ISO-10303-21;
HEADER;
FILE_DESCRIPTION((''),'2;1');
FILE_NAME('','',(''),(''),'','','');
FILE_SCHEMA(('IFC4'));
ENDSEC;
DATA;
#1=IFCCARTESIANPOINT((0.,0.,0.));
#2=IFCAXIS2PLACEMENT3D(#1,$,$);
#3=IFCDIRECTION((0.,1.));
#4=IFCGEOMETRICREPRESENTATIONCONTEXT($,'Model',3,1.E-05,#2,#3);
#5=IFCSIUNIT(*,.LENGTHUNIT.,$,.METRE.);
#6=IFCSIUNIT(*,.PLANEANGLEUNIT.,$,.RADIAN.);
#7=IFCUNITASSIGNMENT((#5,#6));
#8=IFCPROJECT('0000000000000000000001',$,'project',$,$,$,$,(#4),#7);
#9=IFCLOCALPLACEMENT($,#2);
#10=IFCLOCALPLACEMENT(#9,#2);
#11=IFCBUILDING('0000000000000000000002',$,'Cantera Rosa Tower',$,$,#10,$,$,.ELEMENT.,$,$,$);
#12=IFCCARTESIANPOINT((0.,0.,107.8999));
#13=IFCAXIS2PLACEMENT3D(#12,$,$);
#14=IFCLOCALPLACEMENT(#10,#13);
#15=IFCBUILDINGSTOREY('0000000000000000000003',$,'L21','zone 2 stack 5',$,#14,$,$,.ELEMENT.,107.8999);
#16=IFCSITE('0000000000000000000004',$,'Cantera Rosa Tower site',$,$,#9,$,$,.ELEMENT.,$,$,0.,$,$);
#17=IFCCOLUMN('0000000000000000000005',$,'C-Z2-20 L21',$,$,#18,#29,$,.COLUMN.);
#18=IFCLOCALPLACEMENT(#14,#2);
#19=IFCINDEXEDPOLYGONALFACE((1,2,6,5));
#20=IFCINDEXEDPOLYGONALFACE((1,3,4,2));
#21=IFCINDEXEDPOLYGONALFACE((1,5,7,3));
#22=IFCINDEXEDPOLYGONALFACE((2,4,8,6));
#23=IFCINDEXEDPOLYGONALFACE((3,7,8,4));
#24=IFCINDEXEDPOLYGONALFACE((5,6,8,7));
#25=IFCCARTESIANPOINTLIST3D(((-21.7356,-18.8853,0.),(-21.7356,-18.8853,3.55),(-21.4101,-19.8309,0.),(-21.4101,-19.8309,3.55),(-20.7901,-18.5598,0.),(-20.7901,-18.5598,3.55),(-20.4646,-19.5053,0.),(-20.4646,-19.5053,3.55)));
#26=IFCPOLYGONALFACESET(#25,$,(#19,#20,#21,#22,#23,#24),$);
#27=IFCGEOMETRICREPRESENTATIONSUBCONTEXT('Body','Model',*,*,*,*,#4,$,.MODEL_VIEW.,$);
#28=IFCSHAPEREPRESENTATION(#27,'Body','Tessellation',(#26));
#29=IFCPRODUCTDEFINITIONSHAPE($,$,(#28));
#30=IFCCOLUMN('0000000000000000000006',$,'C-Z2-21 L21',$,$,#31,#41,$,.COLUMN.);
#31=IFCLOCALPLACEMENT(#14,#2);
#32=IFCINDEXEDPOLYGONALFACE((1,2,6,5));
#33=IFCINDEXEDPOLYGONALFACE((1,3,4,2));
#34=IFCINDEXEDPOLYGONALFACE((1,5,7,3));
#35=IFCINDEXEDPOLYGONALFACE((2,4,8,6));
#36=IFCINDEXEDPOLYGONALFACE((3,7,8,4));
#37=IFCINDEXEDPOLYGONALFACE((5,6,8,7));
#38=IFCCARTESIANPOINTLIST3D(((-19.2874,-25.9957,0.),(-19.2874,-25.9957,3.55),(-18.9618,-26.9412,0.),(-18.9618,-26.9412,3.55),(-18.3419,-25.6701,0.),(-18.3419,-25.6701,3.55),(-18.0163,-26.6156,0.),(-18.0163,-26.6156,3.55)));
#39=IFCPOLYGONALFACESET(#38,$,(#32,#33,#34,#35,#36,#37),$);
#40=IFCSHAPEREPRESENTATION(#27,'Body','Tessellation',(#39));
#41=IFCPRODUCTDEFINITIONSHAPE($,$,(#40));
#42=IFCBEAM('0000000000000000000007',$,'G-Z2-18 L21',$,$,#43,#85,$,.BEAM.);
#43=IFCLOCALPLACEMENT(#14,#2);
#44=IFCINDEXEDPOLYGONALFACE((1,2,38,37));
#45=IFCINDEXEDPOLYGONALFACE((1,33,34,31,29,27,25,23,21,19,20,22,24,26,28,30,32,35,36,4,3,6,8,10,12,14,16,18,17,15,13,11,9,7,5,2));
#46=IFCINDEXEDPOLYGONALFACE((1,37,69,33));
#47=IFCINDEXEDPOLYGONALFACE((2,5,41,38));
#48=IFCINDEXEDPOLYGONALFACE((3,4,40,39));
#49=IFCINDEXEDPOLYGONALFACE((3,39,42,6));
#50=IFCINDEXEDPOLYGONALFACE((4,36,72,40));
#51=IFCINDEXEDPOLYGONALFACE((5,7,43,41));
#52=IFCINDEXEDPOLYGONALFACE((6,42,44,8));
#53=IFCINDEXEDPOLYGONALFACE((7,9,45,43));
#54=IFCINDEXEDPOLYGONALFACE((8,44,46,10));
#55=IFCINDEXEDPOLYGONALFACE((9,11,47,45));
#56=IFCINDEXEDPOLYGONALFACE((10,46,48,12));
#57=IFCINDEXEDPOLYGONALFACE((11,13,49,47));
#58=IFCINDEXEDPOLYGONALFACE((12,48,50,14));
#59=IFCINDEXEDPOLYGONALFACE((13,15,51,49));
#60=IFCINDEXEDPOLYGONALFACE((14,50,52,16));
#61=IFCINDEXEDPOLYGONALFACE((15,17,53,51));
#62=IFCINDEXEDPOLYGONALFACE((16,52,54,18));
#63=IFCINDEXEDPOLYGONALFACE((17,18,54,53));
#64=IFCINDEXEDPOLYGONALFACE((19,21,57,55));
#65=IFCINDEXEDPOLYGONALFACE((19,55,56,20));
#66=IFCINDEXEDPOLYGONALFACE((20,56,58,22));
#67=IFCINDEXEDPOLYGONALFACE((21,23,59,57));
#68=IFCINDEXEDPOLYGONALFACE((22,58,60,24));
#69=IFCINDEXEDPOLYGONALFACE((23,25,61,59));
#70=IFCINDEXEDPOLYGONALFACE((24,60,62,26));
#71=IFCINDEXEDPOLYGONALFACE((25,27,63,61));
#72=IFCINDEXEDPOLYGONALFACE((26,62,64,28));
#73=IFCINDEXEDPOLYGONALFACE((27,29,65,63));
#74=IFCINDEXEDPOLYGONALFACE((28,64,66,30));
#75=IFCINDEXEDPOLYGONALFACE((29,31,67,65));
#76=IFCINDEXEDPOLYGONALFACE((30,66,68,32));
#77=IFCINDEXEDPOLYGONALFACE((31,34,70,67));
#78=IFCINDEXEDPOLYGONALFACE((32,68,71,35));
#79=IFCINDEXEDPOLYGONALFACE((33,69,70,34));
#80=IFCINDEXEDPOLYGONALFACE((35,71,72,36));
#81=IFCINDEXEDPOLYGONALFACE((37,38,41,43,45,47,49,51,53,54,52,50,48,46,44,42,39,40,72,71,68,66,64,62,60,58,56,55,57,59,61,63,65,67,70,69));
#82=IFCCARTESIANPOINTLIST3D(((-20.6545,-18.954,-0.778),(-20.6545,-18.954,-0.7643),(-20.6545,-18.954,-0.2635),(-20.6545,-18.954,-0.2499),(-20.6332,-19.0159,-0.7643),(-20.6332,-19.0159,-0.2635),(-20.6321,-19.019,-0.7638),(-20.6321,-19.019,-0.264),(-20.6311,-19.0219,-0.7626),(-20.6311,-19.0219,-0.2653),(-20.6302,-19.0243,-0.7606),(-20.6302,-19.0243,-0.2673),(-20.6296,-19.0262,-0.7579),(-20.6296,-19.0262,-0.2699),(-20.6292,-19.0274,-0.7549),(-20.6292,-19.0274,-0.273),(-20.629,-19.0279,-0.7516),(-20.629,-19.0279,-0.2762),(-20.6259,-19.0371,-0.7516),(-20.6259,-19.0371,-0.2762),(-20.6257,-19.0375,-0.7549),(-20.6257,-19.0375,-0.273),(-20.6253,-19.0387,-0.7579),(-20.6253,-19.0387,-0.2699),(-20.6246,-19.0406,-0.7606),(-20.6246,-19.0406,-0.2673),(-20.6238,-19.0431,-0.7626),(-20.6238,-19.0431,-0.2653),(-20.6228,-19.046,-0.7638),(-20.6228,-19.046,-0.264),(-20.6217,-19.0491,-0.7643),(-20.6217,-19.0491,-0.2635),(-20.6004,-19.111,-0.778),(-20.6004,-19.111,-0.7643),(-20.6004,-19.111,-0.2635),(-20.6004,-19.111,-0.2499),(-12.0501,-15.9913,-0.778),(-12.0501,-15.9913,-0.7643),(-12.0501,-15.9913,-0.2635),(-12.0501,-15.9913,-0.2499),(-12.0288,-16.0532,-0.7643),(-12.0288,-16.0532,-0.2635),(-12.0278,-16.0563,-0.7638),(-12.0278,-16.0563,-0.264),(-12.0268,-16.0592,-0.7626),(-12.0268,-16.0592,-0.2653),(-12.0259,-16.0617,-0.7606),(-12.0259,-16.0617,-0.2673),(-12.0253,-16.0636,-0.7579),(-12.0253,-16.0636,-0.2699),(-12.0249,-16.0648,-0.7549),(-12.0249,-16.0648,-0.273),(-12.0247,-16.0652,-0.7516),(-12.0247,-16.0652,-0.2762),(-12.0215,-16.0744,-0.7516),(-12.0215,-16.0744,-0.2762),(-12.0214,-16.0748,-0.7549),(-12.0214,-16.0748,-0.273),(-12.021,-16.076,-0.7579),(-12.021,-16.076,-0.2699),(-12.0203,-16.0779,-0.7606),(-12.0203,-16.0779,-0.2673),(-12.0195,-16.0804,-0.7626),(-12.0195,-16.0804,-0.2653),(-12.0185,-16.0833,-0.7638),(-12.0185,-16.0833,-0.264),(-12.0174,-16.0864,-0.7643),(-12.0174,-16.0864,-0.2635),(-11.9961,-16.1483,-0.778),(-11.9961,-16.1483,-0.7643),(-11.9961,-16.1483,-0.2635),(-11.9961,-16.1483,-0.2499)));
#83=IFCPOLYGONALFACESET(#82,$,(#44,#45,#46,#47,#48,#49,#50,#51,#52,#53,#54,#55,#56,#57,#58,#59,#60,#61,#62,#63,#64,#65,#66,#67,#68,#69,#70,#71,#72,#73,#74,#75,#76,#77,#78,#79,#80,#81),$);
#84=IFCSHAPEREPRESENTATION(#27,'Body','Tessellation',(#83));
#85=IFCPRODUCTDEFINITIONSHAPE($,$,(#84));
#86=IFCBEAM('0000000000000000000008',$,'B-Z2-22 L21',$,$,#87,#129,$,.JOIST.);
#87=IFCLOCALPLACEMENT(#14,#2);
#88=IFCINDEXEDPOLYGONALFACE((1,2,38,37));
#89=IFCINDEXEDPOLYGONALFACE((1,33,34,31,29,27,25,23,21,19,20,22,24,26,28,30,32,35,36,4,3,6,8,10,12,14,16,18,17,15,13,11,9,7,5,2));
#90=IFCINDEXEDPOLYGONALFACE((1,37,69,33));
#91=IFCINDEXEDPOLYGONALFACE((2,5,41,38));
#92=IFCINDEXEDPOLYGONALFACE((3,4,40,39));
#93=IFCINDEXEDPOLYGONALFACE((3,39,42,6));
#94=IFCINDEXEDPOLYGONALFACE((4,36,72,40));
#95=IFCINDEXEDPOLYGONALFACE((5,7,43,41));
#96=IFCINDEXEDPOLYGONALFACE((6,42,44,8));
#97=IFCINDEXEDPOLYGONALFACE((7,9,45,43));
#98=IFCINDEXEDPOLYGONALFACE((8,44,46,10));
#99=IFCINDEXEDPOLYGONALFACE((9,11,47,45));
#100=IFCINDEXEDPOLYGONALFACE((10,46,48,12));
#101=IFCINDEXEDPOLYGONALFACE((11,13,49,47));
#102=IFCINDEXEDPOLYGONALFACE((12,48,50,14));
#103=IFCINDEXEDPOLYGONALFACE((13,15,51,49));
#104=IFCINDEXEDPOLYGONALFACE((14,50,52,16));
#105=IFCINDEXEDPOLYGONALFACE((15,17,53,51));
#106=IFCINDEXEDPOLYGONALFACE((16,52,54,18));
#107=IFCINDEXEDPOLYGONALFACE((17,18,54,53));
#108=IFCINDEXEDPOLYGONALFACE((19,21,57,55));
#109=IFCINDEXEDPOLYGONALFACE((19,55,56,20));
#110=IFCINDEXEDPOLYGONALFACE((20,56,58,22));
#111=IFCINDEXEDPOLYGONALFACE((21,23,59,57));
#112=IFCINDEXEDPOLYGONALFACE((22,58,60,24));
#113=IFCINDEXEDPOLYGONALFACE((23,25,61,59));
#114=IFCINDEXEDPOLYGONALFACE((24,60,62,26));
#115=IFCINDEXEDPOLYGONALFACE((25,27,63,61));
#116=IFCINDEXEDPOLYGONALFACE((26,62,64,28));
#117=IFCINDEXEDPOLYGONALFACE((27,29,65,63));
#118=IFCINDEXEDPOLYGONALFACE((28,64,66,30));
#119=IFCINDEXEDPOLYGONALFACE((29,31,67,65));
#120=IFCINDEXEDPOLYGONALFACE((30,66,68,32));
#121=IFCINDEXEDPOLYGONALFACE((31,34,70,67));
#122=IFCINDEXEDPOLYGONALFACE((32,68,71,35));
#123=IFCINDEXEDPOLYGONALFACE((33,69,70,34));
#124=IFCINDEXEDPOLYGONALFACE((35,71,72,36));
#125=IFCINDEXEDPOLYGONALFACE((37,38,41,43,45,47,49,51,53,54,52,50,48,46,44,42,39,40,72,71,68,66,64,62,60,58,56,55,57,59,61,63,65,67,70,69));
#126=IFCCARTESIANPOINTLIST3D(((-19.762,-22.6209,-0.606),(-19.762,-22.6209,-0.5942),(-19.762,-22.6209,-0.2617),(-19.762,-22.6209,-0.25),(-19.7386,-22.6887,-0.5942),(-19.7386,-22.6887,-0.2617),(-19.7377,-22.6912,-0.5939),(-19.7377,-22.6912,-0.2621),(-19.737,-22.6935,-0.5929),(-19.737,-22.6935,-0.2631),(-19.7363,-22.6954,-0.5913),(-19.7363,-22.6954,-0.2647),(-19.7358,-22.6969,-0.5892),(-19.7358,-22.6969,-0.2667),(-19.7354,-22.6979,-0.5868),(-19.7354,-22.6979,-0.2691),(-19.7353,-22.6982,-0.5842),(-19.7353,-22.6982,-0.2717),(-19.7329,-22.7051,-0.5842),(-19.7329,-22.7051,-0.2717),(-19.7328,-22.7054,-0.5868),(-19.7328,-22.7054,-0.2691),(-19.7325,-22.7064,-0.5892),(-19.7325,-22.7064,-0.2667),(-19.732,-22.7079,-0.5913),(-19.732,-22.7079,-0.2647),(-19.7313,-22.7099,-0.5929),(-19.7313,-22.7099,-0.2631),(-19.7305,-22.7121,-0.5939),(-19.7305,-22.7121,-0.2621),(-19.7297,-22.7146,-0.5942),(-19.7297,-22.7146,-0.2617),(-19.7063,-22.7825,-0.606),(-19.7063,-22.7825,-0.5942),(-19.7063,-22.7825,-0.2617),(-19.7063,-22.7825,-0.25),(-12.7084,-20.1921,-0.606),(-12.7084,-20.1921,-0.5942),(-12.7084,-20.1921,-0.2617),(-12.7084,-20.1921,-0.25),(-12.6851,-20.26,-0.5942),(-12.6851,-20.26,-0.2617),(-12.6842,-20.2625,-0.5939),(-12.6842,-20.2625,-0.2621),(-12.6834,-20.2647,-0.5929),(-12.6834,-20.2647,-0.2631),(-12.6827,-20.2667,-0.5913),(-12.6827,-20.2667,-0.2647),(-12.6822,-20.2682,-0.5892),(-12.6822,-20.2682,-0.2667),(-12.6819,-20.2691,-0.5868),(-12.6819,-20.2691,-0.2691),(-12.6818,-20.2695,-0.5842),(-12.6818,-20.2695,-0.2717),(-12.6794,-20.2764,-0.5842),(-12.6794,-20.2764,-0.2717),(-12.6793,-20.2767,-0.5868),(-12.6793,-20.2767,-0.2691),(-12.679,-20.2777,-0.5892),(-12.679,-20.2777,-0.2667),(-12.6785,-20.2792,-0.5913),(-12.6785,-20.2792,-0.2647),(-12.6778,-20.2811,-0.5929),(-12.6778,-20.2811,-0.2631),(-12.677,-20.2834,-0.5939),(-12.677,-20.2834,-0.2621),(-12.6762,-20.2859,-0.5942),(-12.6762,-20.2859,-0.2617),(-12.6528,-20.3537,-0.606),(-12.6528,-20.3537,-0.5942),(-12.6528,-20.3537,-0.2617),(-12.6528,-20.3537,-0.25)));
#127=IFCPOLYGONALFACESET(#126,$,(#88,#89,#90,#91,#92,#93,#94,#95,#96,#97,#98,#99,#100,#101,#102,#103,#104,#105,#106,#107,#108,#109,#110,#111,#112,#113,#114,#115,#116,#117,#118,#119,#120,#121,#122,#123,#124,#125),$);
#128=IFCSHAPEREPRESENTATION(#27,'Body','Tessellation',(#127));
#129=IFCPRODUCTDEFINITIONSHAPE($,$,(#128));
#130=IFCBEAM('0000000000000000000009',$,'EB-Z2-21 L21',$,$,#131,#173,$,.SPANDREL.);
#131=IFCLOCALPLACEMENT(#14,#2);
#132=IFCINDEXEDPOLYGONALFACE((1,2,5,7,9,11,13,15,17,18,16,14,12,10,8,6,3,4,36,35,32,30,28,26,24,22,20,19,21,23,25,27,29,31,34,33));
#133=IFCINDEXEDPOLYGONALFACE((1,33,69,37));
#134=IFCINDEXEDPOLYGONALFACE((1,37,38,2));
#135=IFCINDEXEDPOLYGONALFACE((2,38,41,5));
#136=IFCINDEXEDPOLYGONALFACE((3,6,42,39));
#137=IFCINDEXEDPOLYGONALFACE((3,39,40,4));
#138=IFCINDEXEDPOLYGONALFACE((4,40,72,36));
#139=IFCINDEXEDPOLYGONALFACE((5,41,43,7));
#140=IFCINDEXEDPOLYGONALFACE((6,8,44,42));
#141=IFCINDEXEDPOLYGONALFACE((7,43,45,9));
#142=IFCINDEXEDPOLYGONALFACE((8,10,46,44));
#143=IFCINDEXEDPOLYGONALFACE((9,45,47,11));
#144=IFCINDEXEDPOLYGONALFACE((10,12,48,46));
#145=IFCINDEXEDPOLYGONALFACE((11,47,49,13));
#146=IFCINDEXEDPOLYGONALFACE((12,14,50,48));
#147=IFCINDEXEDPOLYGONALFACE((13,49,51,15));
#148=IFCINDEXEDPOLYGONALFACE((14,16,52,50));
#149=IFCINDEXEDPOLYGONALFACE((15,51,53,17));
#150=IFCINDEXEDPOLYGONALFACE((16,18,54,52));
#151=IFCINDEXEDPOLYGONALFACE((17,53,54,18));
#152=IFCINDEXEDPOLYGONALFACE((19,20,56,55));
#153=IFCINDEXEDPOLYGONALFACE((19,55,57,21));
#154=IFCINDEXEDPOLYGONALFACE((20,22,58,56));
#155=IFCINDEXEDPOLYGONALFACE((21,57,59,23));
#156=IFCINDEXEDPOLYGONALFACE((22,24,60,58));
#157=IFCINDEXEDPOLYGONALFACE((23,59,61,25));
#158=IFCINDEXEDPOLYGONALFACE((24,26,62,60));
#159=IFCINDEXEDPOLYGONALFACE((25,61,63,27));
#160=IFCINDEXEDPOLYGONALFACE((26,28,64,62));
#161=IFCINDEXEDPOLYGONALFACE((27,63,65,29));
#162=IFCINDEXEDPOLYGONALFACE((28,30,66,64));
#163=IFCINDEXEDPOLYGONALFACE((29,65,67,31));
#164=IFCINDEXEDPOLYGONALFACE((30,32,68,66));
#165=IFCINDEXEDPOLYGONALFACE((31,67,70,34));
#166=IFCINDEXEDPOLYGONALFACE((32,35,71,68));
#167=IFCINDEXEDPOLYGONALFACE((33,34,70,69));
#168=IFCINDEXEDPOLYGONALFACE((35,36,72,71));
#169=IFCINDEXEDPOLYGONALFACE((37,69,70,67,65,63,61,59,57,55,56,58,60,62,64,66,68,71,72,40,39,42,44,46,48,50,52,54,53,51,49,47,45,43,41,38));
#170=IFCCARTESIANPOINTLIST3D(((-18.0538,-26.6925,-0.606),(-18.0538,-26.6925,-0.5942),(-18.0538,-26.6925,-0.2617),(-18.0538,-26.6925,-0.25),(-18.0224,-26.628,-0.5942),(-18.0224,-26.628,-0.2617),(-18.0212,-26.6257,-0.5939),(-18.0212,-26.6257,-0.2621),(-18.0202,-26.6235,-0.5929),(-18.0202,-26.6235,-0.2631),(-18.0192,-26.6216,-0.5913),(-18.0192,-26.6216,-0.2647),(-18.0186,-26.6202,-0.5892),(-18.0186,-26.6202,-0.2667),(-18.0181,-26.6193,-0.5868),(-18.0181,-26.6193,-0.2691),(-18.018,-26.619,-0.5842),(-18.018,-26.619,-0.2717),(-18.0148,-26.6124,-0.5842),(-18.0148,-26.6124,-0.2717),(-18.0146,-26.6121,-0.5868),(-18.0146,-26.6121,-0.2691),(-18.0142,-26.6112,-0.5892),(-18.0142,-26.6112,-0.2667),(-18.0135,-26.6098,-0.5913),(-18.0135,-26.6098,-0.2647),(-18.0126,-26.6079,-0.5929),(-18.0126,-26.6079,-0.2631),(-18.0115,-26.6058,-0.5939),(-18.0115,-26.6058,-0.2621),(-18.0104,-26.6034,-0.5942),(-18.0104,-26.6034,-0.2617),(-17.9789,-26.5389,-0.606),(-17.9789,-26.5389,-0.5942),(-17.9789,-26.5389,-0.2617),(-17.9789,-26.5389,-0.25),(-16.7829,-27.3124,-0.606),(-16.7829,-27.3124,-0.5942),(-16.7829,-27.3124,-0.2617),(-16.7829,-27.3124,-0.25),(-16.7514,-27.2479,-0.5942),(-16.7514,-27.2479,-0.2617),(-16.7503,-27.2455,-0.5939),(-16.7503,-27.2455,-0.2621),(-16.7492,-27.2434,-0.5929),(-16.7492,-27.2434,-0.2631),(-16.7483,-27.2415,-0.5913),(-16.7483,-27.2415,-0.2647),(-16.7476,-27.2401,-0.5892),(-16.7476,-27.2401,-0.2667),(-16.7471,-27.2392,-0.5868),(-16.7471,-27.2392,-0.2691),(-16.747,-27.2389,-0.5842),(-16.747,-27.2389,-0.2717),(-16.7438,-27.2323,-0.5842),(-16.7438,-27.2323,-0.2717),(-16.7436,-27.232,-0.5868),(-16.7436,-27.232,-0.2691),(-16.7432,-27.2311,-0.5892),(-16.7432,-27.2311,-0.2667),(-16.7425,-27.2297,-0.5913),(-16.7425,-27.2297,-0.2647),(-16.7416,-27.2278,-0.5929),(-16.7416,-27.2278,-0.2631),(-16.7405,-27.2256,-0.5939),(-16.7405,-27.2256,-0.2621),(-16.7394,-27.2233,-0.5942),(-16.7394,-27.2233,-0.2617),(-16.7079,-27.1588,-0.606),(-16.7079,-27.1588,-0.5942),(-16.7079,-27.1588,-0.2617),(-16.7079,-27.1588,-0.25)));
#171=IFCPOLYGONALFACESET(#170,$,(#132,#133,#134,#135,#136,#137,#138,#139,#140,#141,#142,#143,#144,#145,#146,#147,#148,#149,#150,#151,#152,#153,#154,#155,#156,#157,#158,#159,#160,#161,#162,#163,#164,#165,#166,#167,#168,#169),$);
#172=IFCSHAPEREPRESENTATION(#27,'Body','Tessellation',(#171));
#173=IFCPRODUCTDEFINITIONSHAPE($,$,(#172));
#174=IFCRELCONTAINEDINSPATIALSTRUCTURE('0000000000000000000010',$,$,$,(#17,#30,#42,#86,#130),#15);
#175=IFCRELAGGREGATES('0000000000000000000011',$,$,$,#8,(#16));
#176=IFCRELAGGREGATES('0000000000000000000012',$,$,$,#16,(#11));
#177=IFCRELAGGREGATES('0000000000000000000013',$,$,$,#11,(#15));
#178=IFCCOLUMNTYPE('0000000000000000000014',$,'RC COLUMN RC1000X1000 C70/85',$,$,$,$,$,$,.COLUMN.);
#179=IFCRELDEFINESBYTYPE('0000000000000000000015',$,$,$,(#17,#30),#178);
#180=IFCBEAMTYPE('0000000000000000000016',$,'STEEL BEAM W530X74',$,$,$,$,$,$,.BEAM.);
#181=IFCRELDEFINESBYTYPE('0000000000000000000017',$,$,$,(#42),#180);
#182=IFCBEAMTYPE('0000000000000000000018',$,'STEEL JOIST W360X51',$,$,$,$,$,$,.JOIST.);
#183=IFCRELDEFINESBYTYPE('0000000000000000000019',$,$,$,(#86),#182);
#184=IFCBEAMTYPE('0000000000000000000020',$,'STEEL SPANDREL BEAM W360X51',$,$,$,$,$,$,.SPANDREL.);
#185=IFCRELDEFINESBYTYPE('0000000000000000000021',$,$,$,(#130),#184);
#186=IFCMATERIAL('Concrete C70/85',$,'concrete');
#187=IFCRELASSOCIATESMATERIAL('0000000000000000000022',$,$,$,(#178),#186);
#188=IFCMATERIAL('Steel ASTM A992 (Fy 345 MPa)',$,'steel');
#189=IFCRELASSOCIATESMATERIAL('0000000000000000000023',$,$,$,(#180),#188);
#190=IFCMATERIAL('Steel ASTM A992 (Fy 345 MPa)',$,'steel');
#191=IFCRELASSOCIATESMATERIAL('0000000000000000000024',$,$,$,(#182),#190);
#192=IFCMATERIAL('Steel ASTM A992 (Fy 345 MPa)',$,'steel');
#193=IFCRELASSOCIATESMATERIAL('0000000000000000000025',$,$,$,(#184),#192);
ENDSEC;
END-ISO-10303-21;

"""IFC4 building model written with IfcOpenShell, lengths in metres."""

from ifc_helpers import new_model, si_unit, direction, frame, origin, origin_2d, place, context, subcontext, project, spatial, rectangle, i_section, extrude, material, material_profile, profile_set, type_object, element, save


model = new_model("IFC4")

# Units and contexts
model_context = context("Model", 3, precision=1e-05, world=origin(), true_north=direction((0.0, 1.0)))
body_context = subcontext(model_context, "Body", "Model", "MODEL_VIEW")
ifc_project = project(units=[si_unit("LENGTHUNIT", "METRE"), si_unit("PLANEANGLEUNIT", "RADIAN")], contexts=[model_context])

# Site, building, storey
site_placement = place(None, origin())
site = spatial("IfcSite", under=ifc_project, at=site_placement, Name="Cantera Rosa Tower site", CompositionType="ELEMENT", RefElevation=0.0)
building_placement = place(site_placement, origin())
building = spatial("IfcBuilding", under=site, at=building_placement, Name="Cantera Rosa Tower", CompositionType="ELEMENT")
storey_placement = place(building_placement, frame((0.0, 0.0, 107.8999)))
storey = spatial("IfcBuildingStorey", under=building, at=storey_placement, Name="L21", Description="zone 2 stack 5", CompositionType="ELEMENT", Elevation=107.8999)

# Columns
ifc_material_1 = material(Name="Concrete C70/85", Category="concrete")
ifc_material_profile_1 = material_profile(ifc_material_1, rectangle(XDim=1.0, YDim=1.0, at=origin_2d()), Name="RC COLUMN RC1000X1000 C70/85")
ifc_profile_set_1 = profile_set([ifc_material_profile_1], Name="Concrete C70/85")
column_type = type_object("IfcColumnType", Name="RC COLUMN RC1000X1000 C70/85", PredefinedType="COLUMN", material=ifc_profile_set_1)
for number, where, z_axis, x_axis, name in (
    (1, (-21.1001, -19.1953, 0.0), (0.0, 0.0, 1.0), (0.945519, 0.325568, 0.0), "C-Z2-20 L21"),
    (2, (-18.6519, -26.3057, 0.0), (0.0, 0.0, 1.0), (0.945519, 0.325568, 0.0), "C-Z2-21 L21"),
):
    element("IfcColumn", number, at=place(storey_placement, frame(where, z_axis=z_axis, x_axis=x_axis)), inside=storey, type_object=column_type, Name=name, PredefinedType="COLUMN", context=body_context, shape_type="SweptSolid", body=[
        extrude(rectangle(XDim=1.0, YDim=1.0, at=origin_2d()), origin(), (0.0, 0.0, 1.0), 3.55),
    ])

# Beams
ifc_material_2 = material(Name="Steel ASTM A992 (Fy 345 MPa)", Category="steel")
ifc_material_profile_2 = material_profile(ifc_material_2, i_section(OverallWidth=0.166, OverallDepth=0.5281, WebThickness=0.0098, FlangeThickness=0.0137, FilletRadius=0.0127, at=origin_2d()), Name="W530X74")
ifc_profile_set_2 = profile_set([ifc_material_profile_2], Name="Steel ASTM A992 (Fy 345 MPa)")
beam_type_1 = type_object("IfcBeamType", Name="STEEL BEAM W530X74", PredefinedType="BEAM", material=ifc_profile_set_2)
beam_1_placement = place(storey_placement, frame((-20.6274, -19.0325, -0.5139), z_axis=(0.94552, 0.325565, 0.0), x_axis=(-0.325565, 0.94552, 0.0)))
element("IfcBeam", 3, at=beam_1_placement, inside=storey, type_object=beam_type_1, Name="G-Z2-18 L21", PredefinedType="BEAM", context=body_context, shape_type="SweptSolid", body=[
    extrude(i_section(OverallWidth=0.166, OverallDepth=0.5281, WebThickness=0.0098, FlangeThickness=0.0137, FilletRadius=0.0127, at=origin_2d()), origin(), (0.0, 0.0, 1.0), 9.1001),
])
ifc_material_3 = material(Name="Steel ASTM A992 (Fy 345 MPa)", Category="steel")
ifc_material_profile_3 = material_profile(ifc_material_3, i_section(OverallWidth=0.1709, OverallDepth=0.356, WebThickness=0.0073, FlangeThickness=0.0117, FilletRadius=0.01, at=origin_2d()), Name="W360X51")
ifc_profile_set_3 = profile_set([ifc_material_profile_3], Name="Steel ASTM A992 (Fy 345 MPa)")
beam_type_2 = type_object("IfcBeamType", Name="STEEL JOIST W360X51", PredefinedType="JOIST", material=ifc_profile_set_3)
beam_2_placement = place(storey_placement, frame((-19.7341, -22.7017, -0.428), z_axis=(0.945518, 0.325569, 0.0), x_axis=(-0.325569, 0.945518, 0.0)))
element("IfcBeam", 4, at=beam_2_placement, inside=storey, type_object=beam_type_2, Name="B-Z2-22 L21", PredefinedType="JOIST", context=body_context, shape_type="SweptSolid", body=[
    extrude(i_section(OverallWidth=0.1709, OverallDepth=0.356, WebThickness=0.0073, FlangeThickness=0.0117, FilletRadius=0.01, at=origin_2d()), origin(), (0.0, 0.0, 1.0), 7.46),
])
ifc_material_4 = material(Name="Steel ASTM A992 (Fy 345 MPa)", Category="steel")
ifc_material_profile_4 = material_profile(ifc_material_4, i_section(OverallWidth=0.1709, OverallDepth=0.356, WebThickness=0.0073, FlangeThickness=0.0117, FilletRadius=0.01, at=origin_2d()), Name="W360X51")
ifc_profile_set_4 = profile_set([ifc_material_profile_4], Name="Steel ASTM A992 (Fy 345 MPa)")
beam_type_3 = type_object("IfcBeamType", Name="STEEL SPANDREL BEAM W360X51", PredefinedType="SPANDREL", material=ifc_profile_set_4)
beam_3_placement = place(storey_placement, frame((-18.0164, -26.6157, -0.428), z_axis=(0.898803, -0.438352, 0.0), x_axis=(0.438352, 0.898803, 0.0)))
element("IfcBeam", 5, at=beam_3_placement, inside=storey, type_object=beam_type_3, Name="EB-Z2-21 L21", PredefinedType="SPANDREL", context=body_context, shape_type="SweptSolid", body=[
    extrude(i_section(OverallWidth=0.1709, OverallDepth=0.356, WebThickness=0.0073, FlangeThickness=0.0117, FilletRadius=0.01, at=origin_2d()), origin(), (0.0, 0.0, 1.0), 1.4141),
])

save(model, "model.ifc")
